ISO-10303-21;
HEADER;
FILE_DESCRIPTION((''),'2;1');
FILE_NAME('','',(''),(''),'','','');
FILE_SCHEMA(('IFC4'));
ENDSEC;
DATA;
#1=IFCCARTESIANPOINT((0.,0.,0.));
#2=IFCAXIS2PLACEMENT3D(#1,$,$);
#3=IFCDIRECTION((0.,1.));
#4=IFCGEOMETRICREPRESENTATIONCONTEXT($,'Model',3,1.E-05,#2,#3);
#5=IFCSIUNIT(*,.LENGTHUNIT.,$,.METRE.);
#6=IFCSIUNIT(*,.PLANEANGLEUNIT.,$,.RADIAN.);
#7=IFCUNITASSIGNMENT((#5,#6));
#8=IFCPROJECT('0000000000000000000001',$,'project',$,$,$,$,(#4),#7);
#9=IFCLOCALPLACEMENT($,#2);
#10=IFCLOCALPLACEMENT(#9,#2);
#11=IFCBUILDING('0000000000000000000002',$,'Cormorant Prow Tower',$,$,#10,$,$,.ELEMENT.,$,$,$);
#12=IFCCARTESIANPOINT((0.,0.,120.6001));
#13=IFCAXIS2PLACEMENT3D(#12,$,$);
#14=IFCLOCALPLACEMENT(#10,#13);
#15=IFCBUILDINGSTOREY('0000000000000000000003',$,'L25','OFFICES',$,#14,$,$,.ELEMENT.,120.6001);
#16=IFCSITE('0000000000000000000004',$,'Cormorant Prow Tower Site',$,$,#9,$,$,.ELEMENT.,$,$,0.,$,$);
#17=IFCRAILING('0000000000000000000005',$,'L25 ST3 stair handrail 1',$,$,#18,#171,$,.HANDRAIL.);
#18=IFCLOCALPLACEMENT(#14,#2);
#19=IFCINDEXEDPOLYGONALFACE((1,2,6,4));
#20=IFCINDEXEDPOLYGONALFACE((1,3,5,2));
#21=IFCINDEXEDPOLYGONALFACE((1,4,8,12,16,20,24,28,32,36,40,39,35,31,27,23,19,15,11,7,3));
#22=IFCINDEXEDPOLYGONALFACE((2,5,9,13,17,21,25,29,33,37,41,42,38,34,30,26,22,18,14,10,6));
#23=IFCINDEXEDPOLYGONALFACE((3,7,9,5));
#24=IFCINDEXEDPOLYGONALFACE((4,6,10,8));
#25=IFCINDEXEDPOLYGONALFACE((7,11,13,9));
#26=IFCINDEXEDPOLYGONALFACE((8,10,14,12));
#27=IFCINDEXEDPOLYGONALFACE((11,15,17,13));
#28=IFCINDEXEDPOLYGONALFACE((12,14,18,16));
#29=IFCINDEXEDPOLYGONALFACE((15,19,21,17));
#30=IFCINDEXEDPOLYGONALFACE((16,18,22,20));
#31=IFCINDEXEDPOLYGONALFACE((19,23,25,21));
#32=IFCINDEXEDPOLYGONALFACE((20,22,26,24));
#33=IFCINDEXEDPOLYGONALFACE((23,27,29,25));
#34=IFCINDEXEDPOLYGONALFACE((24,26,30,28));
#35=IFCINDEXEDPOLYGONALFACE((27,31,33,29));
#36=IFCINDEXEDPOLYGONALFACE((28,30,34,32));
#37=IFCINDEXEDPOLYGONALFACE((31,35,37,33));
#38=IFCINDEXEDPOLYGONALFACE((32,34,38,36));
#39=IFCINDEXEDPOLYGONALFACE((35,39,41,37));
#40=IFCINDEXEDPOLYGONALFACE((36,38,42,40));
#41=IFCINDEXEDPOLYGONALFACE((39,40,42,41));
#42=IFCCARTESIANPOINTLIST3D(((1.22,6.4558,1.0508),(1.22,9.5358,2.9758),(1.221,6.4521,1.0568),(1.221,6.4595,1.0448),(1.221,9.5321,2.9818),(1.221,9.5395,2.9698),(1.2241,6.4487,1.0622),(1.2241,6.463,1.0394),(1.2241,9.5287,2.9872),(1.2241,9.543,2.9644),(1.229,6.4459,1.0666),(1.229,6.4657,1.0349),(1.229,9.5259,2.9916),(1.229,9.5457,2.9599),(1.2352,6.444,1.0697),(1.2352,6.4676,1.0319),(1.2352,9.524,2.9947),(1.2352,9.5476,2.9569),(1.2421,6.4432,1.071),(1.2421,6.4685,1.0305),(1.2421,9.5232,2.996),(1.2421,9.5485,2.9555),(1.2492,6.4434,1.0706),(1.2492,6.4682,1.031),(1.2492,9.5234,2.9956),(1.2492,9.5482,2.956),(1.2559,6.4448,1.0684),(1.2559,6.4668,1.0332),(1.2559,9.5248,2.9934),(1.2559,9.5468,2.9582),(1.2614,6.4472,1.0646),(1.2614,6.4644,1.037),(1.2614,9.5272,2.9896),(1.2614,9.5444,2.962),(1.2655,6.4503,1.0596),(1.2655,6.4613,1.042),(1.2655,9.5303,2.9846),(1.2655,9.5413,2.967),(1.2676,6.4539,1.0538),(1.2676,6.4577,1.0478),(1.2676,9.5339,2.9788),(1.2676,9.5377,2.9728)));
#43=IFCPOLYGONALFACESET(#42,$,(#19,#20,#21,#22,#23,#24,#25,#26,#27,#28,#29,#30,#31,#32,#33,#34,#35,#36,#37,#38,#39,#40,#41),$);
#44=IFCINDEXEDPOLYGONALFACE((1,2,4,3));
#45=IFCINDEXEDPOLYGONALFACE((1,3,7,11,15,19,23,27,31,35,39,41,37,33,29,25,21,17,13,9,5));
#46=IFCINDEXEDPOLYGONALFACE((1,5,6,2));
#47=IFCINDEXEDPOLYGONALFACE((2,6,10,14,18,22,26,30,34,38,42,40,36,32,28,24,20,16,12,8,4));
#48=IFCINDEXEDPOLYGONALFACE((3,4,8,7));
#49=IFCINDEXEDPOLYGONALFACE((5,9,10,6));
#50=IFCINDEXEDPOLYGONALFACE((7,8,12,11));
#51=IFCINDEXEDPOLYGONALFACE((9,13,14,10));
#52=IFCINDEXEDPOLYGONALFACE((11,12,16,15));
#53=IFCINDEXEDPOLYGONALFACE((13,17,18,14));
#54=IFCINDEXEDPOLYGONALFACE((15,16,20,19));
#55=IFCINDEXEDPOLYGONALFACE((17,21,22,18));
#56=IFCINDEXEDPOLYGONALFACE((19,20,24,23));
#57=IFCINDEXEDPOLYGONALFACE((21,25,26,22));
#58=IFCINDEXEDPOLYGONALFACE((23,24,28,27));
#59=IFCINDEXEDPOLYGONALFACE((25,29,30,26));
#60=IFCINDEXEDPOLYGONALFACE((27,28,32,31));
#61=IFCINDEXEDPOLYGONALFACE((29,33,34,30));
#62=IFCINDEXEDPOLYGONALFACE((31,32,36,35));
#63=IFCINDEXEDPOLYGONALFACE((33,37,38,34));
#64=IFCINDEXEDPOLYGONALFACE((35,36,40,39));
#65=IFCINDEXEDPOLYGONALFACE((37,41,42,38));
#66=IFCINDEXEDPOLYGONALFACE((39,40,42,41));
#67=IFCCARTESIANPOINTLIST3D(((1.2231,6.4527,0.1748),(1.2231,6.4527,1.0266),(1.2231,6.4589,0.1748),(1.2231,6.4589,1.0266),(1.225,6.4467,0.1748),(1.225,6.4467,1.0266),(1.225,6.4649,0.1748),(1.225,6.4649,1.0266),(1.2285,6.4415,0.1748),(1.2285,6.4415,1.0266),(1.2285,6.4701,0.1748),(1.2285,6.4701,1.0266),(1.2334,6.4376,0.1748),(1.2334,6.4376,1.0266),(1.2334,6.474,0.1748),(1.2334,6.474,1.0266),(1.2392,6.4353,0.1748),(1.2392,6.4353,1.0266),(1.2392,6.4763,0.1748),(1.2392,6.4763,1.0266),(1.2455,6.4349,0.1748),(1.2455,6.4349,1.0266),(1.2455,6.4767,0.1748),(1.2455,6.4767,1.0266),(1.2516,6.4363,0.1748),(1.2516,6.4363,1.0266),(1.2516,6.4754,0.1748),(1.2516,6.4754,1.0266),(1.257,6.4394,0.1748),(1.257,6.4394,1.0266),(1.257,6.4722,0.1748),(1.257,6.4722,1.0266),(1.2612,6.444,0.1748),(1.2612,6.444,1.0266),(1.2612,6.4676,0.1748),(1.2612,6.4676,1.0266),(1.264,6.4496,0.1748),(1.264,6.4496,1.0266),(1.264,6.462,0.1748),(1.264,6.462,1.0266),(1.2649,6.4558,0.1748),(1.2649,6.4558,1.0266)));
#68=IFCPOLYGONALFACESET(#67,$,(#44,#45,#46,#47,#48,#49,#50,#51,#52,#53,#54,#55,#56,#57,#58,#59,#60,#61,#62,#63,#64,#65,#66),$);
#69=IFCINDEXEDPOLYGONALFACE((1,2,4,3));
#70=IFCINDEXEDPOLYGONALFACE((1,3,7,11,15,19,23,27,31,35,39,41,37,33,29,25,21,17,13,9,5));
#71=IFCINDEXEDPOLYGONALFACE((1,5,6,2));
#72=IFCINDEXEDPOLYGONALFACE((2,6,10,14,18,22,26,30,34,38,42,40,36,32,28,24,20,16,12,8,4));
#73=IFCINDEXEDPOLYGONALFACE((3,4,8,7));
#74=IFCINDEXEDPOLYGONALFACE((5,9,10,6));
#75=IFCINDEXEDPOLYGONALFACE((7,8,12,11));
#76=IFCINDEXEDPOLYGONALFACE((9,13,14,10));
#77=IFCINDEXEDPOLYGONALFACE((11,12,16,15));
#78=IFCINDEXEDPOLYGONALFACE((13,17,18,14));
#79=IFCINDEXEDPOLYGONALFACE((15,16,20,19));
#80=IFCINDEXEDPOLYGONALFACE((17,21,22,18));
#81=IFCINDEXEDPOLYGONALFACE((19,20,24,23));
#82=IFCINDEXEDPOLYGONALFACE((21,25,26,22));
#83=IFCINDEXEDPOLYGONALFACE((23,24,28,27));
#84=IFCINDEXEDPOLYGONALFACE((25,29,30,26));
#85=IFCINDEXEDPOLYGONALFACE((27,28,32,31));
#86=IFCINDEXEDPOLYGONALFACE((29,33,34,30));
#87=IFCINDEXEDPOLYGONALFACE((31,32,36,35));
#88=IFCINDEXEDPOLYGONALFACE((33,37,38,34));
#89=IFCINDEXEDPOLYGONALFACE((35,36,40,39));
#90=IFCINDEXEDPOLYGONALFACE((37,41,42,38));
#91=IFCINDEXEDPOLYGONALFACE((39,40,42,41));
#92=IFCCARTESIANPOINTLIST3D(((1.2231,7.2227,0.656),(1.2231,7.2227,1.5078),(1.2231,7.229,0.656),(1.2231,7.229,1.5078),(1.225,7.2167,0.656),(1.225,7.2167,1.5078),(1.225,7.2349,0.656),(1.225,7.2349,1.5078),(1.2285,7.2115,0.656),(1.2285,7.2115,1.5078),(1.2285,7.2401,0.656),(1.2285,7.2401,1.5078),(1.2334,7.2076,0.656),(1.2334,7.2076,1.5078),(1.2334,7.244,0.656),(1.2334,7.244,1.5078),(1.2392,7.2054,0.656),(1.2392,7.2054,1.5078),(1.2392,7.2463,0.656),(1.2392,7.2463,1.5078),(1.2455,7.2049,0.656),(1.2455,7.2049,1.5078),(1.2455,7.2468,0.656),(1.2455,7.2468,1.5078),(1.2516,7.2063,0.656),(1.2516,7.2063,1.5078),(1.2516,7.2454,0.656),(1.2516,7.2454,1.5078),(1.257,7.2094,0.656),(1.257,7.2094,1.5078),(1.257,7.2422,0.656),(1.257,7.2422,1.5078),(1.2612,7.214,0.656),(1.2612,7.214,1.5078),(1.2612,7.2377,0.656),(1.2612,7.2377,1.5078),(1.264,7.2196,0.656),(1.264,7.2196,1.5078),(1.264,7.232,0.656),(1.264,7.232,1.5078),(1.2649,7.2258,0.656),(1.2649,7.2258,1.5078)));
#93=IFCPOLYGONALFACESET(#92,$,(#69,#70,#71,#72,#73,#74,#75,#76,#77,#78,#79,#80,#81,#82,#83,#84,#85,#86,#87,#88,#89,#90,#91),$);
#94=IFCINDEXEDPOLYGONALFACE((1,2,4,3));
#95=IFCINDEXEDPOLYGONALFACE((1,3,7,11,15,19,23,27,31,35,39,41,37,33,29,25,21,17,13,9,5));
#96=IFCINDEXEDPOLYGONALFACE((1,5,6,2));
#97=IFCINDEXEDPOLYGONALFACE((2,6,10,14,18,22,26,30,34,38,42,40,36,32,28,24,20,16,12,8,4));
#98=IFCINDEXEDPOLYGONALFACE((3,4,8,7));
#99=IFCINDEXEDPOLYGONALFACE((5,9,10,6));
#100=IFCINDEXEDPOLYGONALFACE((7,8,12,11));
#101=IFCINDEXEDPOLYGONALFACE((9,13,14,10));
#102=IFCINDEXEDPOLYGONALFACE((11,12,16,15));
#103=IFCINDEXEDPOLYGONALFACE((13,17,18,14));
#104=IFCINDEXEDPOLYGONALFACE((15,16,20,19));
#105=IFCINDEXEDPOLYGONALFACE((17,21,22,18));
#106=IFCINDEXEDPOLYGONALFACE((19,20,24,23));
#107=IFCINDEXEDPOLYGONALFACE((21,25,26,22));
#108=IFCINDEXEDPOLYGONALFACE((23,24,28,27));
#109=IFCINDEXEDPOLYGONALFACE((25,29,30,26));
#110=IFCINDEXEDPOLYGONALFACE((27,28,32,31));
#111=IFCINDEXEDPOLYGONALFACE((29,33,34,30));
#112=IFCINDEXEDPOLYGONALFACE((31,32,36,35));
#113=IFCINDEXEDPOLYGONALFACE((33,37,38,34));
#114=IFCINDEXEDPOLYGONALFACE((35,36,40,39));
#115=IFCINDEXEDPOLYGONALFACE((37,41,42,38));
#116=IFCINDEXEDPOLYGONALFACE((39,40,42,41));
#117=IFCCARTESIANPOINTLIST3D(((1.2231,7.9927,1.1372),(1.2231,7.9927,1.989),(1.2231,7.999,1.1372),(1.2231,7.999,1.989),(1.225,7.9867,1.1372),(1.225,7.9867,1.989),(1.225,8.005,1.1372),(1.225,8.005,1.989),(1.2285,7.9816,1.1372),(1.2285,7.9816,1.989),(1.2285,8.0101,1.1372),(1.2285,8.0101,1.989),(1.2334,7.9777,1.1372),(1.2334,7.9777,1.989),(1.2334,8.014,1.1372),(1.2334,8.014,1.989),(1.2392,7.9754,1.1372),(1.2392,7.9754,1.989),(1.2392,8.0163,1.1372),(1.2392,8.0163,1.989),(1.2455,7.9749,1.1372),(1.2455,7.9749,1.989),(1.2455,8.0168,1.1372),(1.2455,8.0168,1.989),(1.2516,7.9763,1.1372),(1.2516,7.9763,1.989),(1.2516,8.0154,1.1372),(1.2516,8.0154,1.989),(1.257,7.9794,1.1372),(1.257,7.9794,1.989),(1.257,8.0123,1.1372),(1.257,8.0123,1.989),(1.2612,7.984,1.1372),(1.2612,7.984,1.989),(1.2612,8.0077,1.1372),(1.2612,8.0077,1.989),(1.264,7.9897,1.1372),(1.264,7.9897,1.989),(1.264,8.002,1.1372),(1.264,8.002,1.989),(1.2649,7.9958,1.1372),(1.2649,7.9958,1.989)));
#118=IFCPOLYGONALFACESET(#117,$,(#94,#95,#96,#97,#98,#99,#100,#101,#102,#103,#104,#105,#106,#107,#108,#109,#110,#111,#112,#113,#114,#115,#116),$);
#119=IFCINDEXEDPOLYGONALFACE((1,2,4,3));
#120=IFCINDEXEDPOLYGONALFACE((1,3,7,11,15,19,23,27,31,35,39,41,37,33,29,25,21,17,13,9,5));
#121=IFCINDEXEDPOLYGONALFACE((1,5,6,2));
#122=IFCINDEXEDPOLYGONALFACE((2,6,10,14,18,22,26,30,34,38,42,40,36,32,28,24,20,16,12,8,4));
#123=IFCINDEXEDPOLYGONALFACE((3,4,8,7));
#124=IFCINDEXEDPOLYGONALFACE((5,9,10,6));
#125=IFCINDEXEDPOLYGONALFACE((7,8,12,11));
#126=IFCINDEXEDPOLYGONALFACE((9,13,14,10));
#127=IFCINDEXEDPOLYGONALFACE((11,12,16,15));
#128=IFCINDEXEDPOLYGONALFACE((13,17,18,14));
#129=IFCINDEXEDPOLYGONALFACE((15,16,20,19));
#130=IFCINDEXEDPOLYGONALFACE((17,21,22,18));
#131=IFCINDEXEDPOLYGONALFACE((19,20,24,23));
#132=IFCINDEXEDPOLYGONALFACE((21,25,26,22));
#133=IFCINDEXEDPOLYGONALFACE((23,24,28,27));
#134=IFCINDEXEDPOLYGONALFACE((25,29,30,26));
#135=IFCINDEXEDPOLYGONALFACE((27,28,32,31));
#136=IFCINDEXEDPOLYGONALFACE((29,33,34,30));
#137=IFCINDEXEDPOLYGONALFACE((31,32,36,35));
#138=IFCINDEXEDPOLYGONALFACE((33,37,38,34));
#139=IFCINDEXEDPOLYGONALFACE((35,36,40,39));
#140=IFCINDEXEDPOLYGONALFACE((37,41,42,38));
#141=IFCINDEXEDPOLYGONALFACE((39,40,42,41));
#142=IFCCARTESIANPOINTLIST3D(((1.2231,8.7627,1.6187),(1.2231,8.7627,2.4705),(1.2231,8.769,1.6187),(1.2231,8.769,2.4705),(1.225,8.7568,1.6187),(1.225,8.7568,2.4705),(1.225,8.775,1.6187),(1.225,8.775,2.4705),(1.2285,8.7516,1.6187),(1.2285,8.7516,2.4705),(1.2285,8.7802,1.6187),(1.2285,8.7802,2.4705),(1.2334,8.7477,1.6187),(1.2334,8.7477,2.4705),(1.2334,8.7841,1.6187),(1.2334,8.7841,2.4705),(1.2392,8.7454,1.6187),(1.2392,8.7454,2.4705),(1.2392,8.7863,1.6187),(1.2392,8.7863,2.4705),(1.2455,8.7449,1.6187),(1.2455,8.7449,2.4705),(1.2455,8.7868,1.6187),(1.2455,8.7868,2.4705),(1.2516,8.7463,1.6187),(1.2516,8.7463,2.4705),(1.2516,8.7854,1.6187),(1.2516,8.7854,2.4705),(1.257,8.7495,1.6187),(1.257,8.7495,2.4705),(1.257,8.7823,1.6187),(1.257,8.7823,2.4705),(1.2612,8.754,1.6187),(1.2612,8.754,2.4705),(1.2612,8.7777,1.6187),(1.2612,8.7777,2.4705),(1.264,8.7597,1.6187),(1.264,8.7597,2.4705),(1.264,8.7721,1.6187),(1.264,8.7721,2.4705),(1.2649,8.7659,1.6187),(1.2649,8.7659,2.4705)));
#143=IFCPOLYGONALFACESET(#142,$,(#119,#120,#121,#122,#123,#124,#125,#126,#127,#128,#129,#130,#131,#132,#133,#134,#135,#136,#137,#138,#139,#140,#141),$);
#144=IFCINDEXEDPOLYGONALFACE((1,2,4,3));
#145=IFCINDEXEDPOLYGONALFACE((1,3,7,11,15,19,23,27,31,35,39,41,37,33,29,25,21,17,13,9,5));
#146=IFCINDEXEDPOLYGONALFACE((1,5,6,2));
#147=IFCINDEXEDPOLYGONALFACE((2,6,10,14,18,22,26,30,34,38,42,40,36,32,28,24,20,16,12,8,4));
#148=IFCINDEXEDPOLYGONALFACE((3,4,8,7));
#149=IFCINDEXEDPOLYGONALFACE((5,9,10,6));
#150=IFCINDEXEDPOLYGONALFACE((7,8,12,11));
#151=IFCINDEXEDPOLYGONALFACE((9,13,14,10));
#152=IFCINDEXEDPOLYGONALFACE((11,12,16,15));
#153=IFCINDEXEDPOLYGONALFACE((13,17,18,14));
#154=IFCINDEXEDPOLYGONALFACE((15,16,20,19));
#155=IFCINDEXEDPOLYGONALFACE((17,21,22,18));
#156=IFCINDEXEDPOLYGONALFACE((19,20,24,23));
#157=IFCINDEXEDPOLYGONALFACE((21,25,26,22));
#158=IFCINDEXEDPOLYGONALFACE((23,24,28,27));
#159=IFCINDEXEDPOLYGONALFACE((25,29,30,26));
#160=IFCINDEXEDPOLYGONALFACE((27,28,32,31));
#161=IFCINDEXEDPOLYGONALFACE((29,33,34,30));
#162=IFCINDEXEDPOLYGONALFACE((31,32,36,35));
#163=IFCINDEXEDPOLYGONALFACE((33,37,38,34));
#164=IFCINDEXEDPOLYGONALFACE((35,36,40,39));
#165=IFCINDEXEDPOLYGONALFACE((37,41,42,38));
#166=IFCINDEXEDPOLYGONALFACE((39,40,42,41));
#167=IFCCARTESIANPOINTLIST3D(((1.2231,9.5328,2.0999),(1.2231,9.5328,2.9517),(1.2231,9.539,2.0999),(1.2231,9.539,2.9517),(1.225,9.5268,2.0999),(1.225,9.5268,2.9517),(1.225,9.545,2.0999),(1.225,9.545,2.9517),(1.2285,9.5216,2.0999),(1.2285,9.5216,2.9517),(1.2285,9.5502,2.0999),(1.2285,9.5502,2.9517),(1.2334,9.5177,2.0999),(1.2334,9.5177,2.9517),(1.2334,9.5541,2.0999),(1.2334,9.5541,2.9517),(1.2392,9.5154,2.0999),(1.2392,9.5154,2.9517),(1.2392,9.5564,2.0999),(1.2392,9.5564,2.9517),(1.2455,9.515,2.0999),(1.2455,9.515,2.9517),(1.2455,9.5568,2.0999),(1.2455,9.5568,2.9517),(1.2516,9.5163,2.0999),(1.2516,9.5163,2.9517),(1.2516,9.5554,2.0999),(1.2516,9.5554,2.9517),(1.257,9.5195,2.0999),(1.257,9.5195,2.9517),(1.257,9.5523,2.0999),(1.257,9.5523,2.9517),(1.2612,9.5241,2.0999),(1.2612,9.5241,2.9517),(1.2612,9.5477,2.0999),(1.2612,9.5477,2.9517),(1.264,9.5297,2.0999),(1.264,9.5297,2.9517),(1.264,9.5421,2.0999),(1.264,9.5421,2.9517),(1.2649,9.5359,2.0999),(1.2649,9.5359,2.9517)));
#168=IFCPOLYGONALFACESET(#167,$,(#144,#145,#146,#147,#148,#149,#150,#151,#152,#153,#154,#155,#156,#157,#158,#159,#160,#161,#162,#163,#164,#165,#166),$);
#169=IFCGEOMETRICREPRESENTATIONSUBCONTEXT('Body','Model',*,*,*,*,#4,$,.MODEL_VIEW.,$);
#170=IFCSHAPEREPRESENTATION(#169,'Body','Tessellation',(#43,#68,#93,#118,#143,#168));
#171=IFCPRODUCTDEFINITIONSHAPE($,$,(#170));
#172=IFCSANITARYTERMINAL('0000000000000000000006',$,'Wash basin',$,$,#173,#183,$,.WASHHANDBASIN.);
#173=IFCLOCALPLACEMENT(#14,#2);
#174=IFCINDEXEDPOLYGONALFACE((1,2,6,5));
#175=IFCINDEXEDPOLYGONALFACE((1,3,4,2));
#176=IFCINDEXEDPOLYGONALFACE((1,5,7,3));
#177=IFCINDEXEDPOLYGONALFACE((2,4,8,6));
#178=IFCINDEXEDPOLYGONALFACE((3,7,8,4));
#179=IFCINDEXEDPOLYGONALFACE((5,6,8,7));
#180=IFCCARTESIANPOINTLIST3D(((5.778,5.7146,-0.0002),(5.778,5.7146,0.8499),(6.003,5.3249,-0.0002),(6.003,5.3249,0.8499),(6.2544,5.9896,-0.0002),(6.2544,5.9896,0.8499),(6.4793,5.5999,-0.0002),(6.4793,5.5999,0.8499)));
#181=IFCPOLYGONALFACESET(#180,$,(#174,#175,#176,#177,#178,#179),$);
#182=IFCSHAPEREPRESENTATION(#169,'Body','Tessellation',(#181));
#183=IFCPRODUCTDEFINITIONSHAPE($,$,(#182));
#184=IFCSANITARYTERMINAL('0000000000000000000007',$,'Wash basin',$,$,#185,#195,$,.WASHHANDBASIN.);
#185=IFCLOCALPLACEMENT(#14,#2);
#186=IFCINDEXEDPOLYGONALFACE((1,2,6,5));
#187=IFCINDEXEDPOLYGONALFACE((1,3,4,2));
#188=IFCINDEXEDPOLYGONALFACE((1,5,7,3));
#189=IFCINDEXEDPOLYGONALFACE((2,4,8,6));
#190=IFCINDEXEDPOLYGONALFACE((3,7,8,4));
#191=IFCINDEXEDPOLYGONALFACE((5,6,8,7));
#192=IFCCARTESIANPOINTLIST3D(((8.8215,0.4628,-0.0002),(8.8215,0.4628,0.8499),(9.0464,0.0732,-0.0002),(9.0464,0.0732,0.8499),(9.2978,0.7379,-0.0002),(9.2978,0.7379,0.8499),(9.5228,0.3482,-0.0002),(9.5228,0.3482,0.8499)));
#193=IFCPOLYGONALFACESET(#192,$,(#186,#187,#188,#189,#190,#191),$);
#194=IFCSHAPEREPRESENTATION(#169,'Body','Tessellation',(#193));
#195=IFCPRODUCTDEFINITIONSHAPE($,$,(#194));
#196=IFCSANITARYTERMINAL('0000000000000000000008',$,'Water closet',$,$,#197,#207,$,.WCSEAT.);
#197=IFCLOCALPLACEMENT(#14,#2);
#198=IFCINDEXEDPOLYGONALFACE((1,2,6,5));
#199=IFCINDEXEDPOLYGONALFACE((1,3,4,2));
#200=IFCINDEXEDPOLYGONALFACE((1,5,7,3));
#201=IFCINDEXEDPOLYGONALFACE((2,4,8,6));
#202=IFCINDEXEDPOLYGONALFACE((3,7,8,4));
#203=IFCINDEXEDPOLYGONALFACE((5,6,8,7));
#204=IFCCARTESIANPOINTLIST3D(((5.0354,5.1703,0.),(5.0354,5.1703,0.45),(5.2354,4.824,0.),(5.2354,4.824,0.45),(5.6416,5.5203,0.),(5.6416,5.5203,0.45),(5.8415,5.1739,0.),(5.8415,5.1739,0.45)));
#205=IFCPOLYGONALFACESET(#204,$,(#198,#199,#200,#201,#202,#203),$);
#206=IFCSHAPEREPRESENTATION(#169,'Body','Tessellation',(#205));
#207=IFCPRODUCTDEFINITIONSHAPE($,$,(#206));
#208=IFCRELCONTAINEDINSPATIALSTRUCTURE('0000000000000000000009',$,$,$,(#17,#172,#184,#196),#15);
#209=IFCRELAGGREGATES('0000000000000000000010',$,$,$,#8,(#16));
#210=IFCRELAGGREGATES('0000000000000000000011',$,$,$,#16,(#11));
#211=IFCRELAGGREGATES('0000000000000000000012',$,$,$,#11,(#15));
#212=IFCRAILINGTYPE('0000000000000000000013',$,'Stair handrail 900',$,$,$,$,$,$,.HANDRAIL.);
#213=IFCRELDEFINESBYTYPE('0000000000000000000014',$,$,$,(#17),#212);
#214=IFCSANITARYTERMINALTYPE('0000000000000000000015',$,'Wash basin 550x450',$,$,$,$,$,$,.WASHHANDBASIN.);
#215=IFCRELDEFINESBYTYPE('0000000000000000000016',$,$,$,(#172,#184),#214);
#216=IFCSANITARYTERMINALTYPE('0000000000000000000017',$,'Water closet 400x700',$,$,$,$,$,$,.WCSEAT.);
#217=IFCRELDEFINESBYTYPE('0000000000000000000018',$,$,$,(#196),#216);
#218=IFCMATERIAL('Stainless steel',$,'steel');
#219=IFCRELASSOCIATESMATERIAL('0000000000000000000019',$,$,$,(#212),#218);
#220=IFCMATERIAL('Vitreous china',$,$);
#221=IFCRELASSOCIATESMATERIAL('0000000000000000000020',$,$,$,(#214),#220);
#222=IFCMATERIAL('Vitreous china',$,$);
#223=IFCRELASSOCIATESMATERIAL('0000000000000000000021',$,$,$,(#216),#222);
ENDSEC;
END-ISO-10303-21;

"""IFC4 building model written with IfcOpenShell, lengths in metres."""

from ifc_helpers import new_model, si_unit, direction, frame, origin, origin_2d, place, context, subcontext, project, spatial, rectangle, circle, extrude, material, type_object, element, save


model = new_model("IFC4")

# Units and contexts
model_context = context("Model", 3, precision=1e-05, world=origin(), true_north=direction((0.0, 1.0)))
body_context = subcontext(model_context, "Body", "Model", "MODEL_VIEW")
ifc_project = project(units=[si_unit("LENGTHUNIT", "METRE"), si_unit("PLANEANGLEUNIT", "RADIAN")], contexts=[model_context])

# Site, building, storey
site_placement = place(None, origin())
site = spatial("IfcSite", under=ifc_project, at=site_placement, Name="Cormorant Prow Tower Site", CompositionType="ELEMENT", RefElevation=0.0)
building_placement = place(site_placement, origin())
building = spatial("IfcBuilding", under=site, at=building_placement, Name="Cormorant Prow Tower", CompositionType="ELEMENT")
storey_placement = place(building_placement, frame((0.0, 0.0, 120.6001)))
storey = spatial("IfcBuildingStorey", under=building, at=storey_placement, Name="L25", Description="OFFICES", CompositionType="ELEMENT", Elevation=120.6001)

# Railing
ifc_material_1 = material(Name="Stainless steel", Category="steel")
railing_type_1 = type_object("IfcRailingType", Name="Stair handrail 900", PredefinedType="HANDRAIL", material=ifc_material_1)
railing_1_placement = place(storey_placement, frame((1.2439, 6.4558, 0.1748)))
element("IfcRailing", 1, at=railing_1_placement, inside=storey, type_object=railing_type_1, Name="L25 ST3 stair handrail 1", PredefinedType="HANDRAIL", context=body_context, shape_type="SweptSolid", body=[
    extrude(circle(Radius=0.0239, at=origin_2d()), frame((0.0, 0.0, 0.876), z_axis=(0.0, 0.847998, 0.529999), x_axis=(-1.0, 0.0, 0.0)), (0.0, 0.0, 1.0), 3.6321),
    extrude(circle(Radius=0.021, at=origin_2d()), origin(), (0.0, 0.0, 1.0), 0.8518),
    extrude(circle(Radius=0.021, at=origin_2d()), frame((0.0, 0.77, 0.4812)), (0.0, 0.0, 1.0), 0.8518),
    extrude(circle(Radius=0.021, at=origin_2d()), frame((0.0, 1.54, 0.9624)), (0.0, 0.0, 1.0), 0.8518),
    extrude(circle(Radius=0.021, at=origin_2d()), frame((0.0, 2.3101, 1.4438)), (0.0, 0.0, 1.0), 0.8518),
    extrude(circle(Radius=0.021, at=origin_2d()), frame((0.0, 3.0801, 1.925)), (0.0, 0.0, 1.0), 0.8518),
])

# Sanitary terminals
ifc_material_2 = material(Name="Vitreous china")
sanitary_terminal_type_1 = type_object("IfcSanitaryTerminalType", Name="Wash basin 550x450", PredefinedType="WASHHANDBASIN", material=ifc_material_2)
for number, where, z_axis, x_axis, name in (
    (2, (6.1287, 5.6572, -0.0002), (0.0, 0.0, 1.0), (-0.866034, -0.499985, 0.0), "Wash basin"),
    (3, (9.1721, 0.4055, -0.0002), (0.0, 0.0, 1.0), (0.866034, 0.499985, 0.0), "Wash basin"),
):
    element("IfcSanitaryTerminal", number, at=place(storey_placement, frame(where, z_axis=z_axis, x_axis=x_axis)), inside=storey, type_object=sanitary_terminal_type_1, Name=name, PredefinedType="WASHHANDBASIN", context=body_context, shape_type="SweptSolid", body=[
        extrude(rectangle(XDim=0.55, YDim=0.45, at=origin_2d()), origin(), (0.0, 0.0, 1.0), 0.8501),
    ])
ifc_material_3 = material(Name="Vitreous china")
sanitary_terminal_type_2 = type_object("IfcSanitaryTerminalType", Name="Water closet 400x700", PredefinedType="WCSEAT", material=ifc_material_3)
sanitary_terminal_placement = place(storey_placement, frame((5.4385, 5.1721, 0.0), z_axis=(0.0, 0.0, 1.0), x_axis=(0.5, -0.866025, 0.0)))
element("IfcSanitaryTerminal", 4, at=sanitary_terminal_placement, inside=storey, type_object=sanitary_terminal_type_2, Name="Water closet", PredefinedType="WCSEAT", context=body_context, shape_type="SweptSolid", body=[
    extrude(rectangle(XDim=0.3999, YDim=0.7, at=origin_2d()), origin(), (0.0, 0.0, 1.0), 0.45),
])

save(model, "model.ifc")
